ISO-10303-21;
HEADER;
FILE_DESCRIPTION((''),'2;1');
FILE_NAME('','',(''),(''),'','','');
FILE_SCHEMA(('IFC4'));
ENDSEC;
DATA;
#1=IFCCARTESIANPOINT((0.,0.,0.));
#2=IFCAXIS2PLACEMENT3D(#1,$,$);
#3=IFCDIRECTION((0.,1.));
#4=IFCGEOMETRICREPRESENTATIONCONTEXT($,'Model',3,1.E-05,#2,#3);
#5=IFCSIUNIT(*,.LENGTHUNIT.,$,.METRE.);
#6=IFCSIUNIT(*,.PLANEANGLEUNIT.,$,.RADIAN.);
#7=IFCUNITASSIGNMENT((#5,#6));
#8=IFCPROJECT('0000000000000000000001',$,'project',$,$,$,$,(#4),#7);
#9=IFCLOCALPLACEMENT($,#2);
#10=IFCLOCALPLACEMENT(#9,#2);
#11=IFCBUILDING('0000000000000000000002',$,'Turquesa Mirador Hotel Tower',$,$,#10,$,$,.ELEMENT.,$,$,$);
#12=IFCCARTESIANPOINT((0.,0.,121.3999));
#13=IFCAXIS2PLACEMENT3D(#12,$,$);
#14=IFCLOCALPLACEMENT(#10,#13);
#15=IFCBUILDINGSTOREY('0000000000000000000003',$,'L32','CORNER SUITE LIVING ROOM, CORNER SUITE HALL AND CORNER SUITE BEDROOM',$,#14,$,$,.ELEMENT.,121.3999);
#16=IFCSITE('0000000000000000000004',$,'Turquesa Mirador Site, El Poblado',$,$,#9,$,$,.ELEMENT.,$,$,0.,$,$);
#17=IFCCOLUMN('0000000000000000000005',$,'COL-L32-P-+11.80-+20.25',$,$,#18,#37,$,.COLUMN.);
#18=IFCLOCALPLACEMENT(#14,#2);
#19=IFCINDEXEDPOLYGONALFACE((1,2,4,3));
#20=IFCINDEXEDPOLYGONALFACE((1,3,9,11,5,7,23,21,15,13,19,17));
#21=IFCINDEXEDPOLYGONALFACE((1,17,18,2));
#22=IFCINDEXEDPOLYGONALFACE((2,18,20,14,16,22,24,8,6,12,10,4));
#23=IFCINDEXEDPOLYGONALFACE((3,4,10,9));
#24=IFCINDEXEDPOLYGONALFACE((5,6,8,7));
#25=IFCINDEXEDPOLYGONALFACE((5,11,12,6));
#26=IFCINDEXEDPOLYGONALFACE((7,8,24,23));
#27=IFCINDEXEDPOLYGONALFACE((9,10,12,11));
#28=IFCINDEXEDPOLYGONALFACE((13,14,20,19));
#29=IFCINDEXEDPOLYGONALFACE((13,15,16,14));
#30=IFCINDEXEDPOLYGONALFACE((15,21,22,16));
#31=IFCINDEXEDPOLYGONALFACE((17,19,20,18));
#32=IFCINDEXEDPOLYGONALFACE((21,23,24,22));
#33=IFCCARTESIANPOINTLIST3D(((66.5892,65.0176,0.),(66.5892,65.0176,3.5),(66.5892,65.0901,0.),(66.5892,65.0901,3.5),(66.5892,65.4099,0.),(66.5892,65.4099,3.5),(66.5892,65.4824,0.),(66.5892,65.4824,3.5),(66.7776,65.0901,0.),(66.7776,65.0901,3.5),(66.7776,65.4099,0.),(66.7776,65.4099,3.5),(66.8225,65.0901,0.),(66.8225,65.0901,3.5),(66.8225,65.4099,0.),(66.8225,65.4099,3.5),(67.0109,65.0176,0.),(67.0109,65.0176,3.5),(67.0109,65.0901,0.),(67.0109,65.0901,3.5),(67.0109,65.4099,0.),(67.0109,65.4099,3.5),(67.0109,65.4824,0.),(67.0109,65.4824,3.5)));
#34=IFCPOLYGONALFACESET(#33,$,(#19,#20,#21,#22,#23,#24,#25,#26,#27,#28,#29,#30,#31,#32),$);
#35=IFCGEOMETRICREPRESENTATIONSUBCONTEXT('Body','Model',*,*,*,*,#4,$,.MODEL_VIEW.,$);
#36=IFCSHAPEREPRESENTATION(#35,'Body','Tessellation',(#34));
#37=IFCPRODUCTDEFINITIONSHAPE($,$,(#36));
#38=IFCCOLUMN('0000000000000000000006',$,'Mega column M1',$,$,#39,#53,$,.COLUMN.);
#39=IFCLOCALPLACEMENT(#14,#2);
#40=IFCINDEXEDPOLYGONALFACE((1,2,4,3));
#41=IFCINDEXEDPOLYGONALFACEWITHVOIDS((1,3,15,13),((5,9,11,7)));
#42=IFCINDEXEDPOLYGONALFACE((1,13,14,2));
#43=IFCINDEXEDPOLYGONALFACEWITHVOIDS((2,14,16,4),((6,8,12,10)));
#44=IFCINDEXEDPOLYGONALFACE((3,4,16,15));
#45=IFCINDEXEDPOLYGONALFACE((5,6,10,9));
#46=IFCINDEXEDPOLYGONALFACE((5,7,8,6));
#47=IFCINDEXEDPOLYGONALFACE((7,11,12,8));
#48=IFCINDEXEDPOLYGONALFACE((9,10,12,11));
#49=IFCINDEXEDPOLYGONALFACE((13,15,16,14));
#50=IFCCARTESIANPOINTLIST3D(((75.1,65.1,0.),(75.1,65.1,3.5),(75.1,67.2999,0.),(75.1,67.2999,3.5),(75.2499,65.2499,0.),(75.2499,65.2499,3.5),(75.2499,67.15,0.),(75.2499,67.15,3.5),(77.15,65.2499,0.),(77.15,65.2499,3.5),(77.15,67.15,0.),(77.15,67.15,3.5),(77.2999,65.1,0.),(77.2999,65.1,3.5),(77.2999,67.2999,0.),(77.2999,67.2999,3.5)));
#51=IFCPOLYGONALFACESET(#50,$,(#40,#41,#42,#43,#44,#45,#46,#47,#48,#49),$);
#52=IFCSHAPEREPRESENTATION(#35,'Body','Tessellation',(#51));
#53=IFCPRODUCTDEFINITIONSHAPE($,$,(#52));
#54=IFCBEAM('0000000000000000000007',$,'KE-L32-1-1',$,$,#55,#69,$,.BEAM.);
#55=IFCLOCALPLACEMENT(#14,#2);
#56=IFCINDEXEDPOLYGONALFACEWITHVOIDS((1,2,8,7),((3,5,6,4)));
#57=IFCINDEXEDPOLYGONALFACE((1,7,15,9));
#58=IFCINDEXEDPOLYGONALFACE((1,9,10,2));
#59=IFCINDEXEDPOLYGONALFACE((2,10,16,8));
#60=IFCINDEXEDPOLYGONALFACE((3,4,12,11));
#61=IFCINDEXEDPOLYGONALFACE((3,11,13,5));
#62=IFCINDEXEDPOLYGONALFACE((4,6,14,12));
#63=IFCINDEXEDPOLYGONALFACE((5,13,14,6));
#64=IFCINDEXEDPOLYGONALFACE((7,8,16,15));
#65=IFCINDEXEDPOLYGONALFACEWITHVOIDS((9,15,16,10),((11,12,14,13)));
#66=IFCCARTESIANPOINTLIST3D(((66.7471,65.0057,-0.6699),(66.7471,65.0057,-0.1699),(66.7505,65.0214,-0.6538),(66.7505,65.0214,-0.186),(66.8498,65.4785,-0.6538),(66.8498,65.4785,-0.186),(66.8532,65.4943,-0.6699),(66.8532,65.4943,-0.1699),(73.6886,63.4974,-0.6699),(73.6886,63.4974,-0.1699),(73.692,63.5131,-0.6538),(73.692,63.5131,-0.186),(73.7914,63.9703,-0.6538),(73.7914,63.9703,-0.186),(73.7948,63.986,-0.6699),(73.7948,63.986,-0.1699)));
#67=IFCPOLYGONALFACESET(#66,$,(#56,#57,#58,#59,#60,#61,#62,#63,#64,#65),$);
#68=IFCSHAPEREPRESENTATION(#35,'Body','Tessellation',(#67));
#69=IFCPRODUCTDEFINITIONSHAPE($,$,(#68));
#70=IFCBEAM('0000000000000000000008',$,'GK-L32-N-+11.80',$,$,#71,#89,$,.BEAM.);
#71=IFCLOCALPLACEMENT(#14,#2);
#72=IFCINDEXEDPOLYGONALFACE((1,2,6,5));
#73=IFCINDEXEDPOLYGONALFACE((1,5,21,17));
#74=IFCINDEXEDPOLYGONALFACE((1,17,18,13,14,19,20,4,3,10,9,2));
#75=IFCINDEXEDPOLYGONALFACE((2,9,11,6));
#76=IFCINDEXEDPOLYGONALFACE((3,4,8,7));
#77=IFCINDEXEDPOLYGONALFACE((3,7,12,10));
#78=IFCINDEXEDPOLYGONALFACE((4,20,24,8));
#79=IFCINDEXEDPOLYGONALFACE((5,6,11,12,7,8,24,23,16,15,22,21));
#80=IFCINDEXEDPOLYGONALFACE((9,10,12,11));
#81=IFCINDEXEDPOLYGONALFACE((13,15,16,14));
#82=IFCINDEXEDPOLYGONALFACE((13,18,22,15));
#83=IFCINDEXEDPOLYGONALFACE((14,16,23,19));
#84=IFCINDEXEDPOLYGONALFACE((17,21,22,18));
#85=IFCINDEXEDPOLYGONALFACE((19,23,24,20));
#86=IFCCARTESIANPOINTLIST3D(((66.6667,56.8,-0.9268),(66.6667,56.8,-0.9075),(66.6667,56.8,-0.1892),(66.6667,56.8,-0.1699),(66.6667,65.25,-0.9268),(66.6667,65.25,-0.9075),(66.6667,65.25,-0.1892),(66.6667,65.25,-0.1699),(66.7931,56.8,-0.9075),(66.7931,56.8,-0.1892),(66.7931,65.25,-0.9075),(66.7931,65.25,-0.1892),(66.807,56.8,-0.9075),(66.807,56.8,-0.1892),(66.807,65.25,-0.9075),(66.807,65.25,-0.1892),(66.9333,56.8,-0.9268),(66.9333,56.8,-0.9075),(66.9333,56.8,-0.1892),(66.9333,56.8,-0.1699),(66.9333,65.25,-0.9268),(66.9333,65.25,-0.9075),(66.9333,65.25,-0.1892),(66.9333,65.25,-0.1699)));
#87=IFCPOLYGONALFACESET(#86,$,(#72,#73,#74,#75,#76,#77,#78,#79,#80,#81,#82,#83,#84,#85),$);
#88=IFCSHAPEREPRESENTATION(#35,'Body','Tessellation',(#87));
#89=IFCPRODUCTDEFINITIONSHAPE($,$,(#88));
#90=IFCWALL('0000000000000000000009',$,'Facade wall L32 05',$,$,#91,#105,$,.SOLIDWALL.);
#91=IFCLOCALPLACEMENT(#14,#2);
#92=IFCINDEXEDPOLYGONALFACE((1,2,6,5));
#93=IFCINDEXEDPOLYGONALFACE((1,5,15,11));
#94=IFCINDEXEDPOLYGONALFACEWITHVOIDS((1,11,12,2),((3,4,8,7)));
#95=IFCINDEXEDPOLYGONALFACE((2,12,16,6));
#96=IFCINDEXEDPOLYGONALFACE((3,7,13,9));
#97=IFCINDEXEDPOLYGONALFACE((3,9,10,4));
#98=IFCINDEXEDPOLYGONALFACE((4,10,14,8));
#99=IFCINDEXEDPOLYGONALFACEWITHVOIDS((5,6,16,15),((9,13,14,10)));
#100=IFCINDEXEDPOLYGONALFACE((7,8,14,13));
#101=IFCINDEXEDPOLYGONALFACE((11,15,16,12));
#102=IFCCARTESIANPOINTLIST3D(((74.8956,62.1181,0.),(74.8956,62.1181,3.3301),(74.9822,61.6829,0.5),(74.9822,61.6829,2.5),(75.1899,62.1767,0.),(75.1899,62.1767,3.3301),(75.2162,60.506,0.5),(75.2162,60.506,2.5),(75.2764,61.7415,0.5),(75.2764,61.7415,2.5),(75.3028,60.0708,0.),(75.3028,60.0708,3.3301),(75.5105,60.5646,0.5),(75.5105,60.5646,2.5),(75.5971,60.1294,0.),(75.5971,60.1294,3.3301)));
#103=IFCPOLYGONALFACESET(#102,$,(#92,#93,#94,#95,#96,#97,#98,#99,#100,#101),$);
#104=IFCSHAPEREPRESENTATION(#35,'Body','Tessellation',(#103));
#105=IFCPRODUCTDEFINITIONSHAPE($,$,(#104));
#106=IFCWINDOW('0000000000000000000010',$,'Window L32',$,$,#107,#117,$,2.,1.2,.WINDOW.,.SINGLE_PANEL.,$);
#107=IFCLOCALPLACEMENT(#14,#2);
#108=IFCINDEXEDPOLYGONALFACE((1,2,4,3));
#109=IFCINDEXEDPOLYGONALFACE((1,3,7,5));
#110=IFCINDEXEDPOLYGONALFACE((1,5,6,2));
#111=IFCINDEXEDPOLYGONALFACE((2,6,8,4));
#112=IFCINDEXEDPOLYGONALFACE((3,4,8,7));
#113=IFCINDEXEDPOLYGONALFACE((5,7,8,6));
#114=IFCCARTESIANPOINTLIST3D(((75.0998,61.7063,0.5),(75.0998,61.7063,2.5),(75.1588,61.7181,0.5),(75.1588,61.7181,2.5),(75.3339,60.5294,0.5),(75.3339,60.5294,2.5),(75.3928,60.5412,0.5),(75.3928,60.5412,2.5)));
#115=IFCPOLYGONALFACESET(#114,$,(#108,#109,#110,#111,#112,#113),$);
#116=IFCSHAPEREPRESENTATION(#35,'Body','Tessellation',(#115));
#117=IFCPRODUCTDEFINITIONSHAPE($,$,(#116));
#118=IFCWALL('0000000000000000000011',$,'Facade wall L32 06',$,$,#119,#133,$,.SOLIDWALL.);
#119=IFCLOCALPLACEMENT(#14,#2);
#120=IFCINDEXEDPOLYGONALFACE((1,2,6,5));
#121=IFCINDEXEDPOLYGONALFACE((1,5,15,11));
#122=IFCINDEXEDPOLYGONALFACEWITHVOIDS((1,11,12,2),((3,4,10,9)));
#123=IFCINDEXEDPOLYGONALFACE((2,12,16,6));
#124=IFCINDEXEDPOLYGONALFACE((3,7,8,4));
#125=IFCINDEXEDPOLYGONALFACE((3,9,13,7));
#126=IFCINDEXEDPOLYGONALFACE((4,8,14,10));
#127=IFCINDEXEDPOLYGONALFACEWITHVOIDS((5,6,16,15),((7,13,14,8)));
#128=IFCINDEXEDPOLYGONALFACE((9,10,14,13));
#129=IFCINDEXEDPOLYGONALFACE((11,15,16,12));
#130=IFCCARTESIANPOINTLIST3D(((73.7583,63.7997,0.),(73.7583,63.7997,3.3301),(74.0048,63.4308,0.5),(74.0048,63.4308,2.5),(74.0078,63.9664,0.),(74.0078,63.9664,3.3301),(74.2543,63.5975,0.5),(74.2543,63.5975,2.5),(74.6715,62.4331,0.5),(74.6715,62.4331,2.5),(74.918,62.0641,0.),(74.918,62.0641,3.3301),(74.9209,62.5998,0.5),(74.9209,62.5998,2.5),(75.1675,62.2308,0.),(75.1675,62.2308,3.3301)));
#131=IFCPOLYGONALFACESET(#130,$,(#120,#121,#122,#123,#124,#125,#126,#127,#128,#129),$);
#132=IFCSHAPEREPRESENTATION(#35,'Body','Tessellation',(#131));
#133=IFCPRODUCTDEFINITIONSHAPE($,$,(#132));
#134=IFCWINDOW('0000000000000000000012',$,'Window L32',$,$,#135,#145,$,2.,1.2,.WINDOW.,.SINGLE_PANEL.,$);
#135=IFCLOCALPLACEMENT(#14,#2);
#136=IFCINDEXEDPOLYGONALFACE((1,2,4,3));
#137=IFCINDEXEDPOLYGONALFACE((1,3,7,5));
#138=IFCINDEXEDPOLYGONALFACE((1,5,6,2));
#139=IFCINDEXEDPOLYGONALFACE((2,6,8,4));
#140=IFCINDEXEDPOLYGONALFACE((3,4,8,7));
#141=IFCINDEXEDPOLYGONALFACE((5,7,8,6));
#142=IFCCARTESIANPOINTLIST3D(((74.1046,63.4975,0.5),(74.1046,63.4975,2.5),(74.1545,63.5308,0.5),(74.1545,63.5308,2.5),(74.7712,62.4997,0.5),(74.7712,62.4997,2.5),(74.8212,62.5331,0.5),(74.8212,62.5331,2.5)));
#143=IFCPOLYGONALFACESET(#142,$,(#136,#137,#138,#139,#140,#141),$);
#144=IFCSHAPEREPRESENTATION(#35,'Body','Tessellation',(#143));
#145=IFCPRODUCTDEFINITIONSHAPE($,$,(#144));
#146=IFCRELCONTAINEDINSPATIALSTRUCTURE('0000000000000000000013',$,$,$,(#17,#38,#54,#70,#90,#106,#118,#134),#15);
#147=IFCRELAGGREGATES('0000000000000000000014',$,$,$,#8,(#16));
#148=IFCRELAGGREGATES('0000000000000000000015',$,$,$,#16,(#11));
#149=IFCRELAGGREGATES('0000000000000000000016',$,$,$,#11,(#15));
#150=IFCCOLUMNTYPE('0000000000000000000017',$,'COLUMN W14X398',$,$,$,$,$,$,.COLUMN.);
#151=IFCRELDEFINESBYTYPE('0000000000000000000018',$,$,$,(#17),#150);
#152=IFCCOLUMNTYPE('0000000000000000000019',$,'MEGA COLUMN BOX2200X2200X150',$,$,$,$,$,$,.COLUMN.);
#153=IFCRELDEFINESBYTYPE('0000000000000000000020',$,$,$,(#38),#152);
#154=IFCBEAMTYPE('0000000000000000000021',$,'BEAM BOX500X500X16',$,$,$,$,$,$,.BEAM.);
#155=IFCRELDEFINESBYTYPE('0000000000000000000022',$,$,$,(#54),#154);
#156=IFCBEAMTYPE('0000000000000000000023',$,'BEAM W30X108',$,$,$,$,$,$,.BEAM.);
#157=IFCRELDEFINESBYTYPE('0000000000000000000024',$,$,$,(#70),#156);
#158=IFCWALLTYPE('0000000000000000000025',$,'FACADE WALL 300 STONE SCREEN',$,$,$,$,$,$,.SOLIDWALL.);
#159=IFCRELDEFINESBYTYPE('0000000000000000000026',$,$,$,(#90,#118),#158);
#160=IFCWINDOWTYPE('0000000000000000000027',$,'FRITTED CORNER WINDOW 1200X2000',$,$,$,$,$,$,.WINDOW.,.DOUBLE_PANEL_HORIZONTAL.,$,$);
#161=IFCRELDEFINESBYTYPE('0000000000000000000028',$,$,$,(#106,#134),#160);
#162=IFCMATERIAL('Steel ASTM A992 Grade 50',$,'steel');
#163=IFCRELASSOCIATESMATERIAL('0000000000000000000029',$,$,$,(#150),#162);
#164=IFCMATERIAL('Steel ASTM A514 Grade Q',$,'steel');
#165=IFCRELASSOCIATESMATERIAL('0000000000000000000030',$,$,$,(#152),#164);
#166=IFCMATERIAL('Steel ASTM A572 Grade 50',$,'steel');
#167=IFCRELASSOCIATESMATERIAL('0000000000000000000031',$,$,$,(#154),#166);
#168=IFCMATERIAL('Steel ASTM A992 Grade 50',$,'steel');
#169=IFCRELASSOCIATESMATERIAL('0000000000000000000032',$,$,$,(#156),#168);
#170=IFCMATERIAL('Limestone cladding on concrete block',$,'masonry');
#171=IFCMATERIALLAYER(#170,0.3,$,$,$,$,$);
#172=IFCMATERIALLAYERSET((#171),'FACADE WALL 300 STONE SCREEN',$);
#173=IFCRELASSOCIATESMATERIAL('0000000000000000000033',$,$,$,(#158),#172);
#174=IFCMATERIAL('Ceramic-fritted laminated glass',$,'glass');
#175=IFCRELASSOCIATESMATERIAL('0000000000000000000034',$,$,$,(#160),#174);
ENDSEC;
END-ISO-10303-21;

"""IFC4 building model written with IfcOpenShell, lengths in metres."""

from ifc_helpers import new_model, si_unit, direction, frame, frame_2d, origin, origin_2d, place, context, subcontext, project, spatial, rectangle, hollow_rectangle, i_section, extrude, material, layer, layer_set, material_profile, profile_set, type_object, element, fill, save


model = new_model("IFC4")

# Units and contexts
model_context = context("Model", 3, precision=1e-05, world=origin(), true_north=direction((0.0, 1.0)))
body_context = subcontext(model_context, "Body", "Model", "MODEL_VIEW")
ifc_project = project(units=[si_unit("LENGTHUNIT", "METRE"), si_unit("PLANEANGLEUNIT", "RADIAN")], contexts=[model_context])

# Site, building, storey
site_placement = place(None, origin())
site = spatial("IfcSite", under=ifc_project, at=site_placement, Name="Turquesa Mirador Site, El Poblado", CompositionType="ELEMENT", RefElevation=0.0)
building_placement = place(site_placement, origin())
building = spatial("IfcBuilding", under=site, at=building_placement, Name="Turquesa Mirador Hotel Tower", CompositionType="ELEMENT")
storey_placement = place(building_placement, frame((0.0, 0.0, 121.3999)))
storey = spatial("IfcBuildingStorey", under=building, at=storey_placement, Name="L32", Description="CORNER SUITE LIVING ROOM, CORNER SUITE HALL AND CORNER SUITE BEDROOM", CompositionType="ELEMENT", Elevation=121.3999)

# Columns
ifc_material_1 = material(Name="Steel ASTM A992 Grade 50", Category="steel")
ifc_material_profile_1 = material_profile(ifc_material_1, i_section(OverallWidth=0.4216, OverallDepth=0.4648, WebThickness=0.0449, FlangeThickness=0.0725, at=origin_2d()), Name="W14X398")
ifc_profile_set_1 = profile_set([ifc_material_profile_1], Name="Steel ASTM A992 Grade 50")
column_type_1 = type_object("IfcColumnType", Name="COLUMN W14X398", PredefinedType="COLUMN", material=ifc_profile_set_1)
column_1_placement = place(storey_placement, frame((66.8, 65.25, 0.0), z_axis=(0.0, 0.0, 1.0), x_axis=(1.0, 0.0, 0.0)))
element("IfcColumn", 1, at=column_1_placement, inside=storey, type_object=column_type_1, Name="COL-L32-P-+11.80-+20.25", PredefinedType="COLUMN", context=body_context, shape_type="SweptSolid", body=[
    extrude(i_section(OverallWidth=0.4216, OverallDepth=0.4648, WebThickness=0.0449, FlangeThickness=0.0725, at=origin_2d()), origin(), (0.0, 0.0, 1.0), 3.5),
])
ifc_material_2 = material(Name="Steel ASTM A514 Grade Q", Category="steel")
ifc_material_profile_2 = material_profile(ifc_material_2, hollow_rectangle(XDim=2.2, YDim=2.2, WallThickness=0.1499, at=origin_2d()), Name="BOX2200X2200X150")
ifc_profile_set_2 = profile_set([ifc_material_profile_2], Name="Steel ASTM A514 Grade Q")
column_type_2 = type_object("IfcColumnType", Name="MEGA COLUMN BOX2200X2200X150", PredefinedType="COLUMN", material=ifc_profile_set_2)
column_2_placement = place(storey_placement, frame((76.2, 66.2, 0.0), z_axis=(0.0, 0.0, 1.0), x_axis=(1.0, 0.0, 0.0)))
element("IfcColumn", 2, at=column_2_placement, inside=storey, type_object=column_type_2, Name="Mega column M1", PredefinedType="COLUMN", context=body_context, shape_type="SweptSolid", body=[
    extrude(hollow_rectangle(XDim=2.2, YDim=2.2, WallThickness=0.1499, at=origin_2d()), origin(), (0.0, 0.0, 1.0), 3.5),
])

# Beams
ifc_material_3 = material(Name="Steel ASTM A572 Grade 50", Category="steel")
ifc_material_profile_3 = material_profile(ifc_material_3, hollow_rectangle(XDim=0.5, YDim=0.5, WallThickness=0.0161, at=origin_2d()), Name="BOX500X500X16")
ifc_profile_set_3 = profile_set([ifc_material_profile_3], Name="Steel ASTM A572 Grade 50")
beam_type_1 = type_object("IfcBeamType", Name="BEAM BOX500X500X16", PredefinedType="BEAM", material=ifc_profile_set_3)
beam_1_placement = place(storey_placement, frame((73.7417, 63.7417, -0.4199), z_axis=(-0.977198, 0.212328, 0.0), x_axis=(-0.212328, -0.977198, 0.0)))
element("IfcBeam", 3, at=beam_1_placement, inside=storey, type_object=beam_type_1, Name="KE-L32-1-1", PredefinedType="BEAM", context=body_context, shape_type="SweptSolid", body=[
    extrude(hollow_rectangle(XDim=0.5, YDim=0.5, WallThickness=0.0161, at=origin_2d()), origin(), (0.0, 0.0, 1.0), 7.1035),
])
ifc_material_4 = material(Name="Steel ASTM A992 Grade 50", Category="steel")
ifc_material_profile_4 = material_profile(ifc_material_4, i_section(OverallWidth=0.2666, OverallDepth=0.7568, WebThickness=0.0139, FlangeThickness=0.0193, at=origin_2d()), Name="W30X108")
ifc_profile_set_4 = profile_set([ifc_material_profile_4], Name="Steel ASTM A992 Grade 50")
beam_type_2 = type_object("IfcBeamType", Name="BEAM W30X108", PredefinedType="BEAM", material=ifc_profile_set_4)
beam_2_placement = place(storey_placement, frame((66.8, 65.25, -0.5483), z_axis=(0.0, -1.0, 0.0), x_axis=(1.0, 0.0, 0.0)))
element("IfcBeam", 4, at=beam_2_placement, inside=storey, type_object=beam_type_2, Name="GK-L32-N-+11.80", PredefinedType="BEAM", context=body_context, shape_type="SweptSolid", body=[
    extrude(i_section(OverallWidth=0.2666, OverallDepth=0.7568, WebThickness=0.0139, FlangeThickness=0.0193, at=origin_2d()), origin(), (0.0, 0.0, 1.0), 8.45),
])

# Walls, openings, windows
ifc_material_5 = material(Name="Limestone cladding on concrete block", Category="masonry")
ifc_layer = layer(ifc_material_5, 0.3)
ifc_layer_set = layer_set([ifc_layer], Name="FACADE WALL 300 STONE SCREEN")
wall_type = type_object("IfcWallType", Name="FACADE WALL 300 STONE SCREEN", PredefinedType="SOLIDWALL", material=ifc_layer_set)
wall_1_placement = place(storey_placement, frame((75.45, 60.1001, 0.0), z_axis=(0.0, 0.0, 1.0), x_axis=(-0.195081, 0.980787, 0.0)))
wall_1 = element("IfcWall", 5, at=wall_1_placement, inside=storey, type_object=wall_type, Name="Facade wall L32 05", PredefinedType="SOLIDWALL", context=body_context, shape_type="SweptSolid", body=[
    extrude(rectangle(XDim=2.0874, YDim=0.3, at=frame_2d((1.0437, 0.0))), origin(), (0.0, 0.0, 1.0), 3.3301),
])
opening_1_placement = place(wall_1_placement, frame((0.4436, 0.0, 0.5)))
opening_1 = element("IfcOpeningElement", 6, at=opening_1_placement, cuts=wall_1, PredefinedType="OPENING", context=body_context, shape_type="SweptSolid", body=[
    extrude(rectangle(XDim=1.2, YDim=2.0, at=frame_2d((0.6001, 1.0))), frame((0.0, 0.1599, 0.0), z_axis=(0.0, -1.0, 0.0), x_axis=(1.0, 0.0, 0.0)), (0.0, 0.0, 1.0), 0.3201),
])
ifc_material_6 = material(Name="Ceramic-fritted laminated glass", Category="glass")
window_type_1 = type_object("IfcWindowType", Name="FRITTED CORNER WINDOW 1200X2000", PartitioningType="DOUBLE_PANEL_HORIZONTAL", PredefinedType="WINDOW", material=ifc_material_6)
window_1_placement = place(opening_1_placement, origin())
window_1 = element("IfcWindow", 7, at=window_1_placement, inside=storey, type_object=window_type_1, Name="Window L32", OverallHeight=2.0, OverallWidth=1.2, PartitioningType="SINGLE_PANEL", PredefinedType="WINDOW", context=body_context, shape_type="SweptSolid", body=[
    extrude(rectangle(XDim=1.2, YDim=2.0, at=frame_2d((0.6001, 1.0))), frame((0.0, 0.03, 0.0), z_axis=(0.0, -1.0, 0.0), x_axis=(1.0, 0.0, 0.0)), (0.0, 0.0, 1.0), 0.0601),
])
fill(opening_1, window_1)
wall_2_placement = place(storey_placement, frame((75.0427, 62.1475, 0.0), z_axis=(0.0, 0.0, 1.0), x_axis=(-0.555564, 0.831474, 0.0)))
wall_2 = element("IfcWall", 8, at=wall_2_placement, inside=storey, type_object=wall_type, Name="Facade wall L32 06", PredefinedType="SOLIDWALL", context=body_context, shape_type="SweptSolid", body=[
    extrude(rectangle(XDim=2.0874, YDim=0.3, at=frame_2d((1.0437, 0.0))), origin(), (0.0, 0.0, 1.0), 3.3301),
])
opening_2_placement = place(wall_2_placement, frame((0.4436, 0.0, 0.5)))
opening_2 = element("IfcOpeningElement", 9, at=opening_2_placement, cuts=wall_2, PredefinedType="OPENING", context=body_context, shape_type="SweptSolid", body=[
    extrude(rectangle(XDim=1.2, YDim=2.0, at=frame_2d((0.6001, 1.0))), frame((0.0, 0.1599, 0.0), z_axis=(0.0, -1.0, 0.0), x_axis=(1.0, 0.0, 0.0)), (0.0, 0.0, 1.0), 0.3201),
])
window_2_placement = place(opening_2_placement, origin())
window_2 = element("IfcWindow", 10, at=window_2_placement, inside=storey, type_object=window_type_1, Name="Window L32", OverallHeight=2.0, OverallWidth=1.2, PartitioningType="SINGLE_PANEL", PredefinedType="WINDOW", context=body_context, shape_type="SweptSolid", body=[
    extrude(rectangle(XDim=1.2, YDim=2.0, at=frame_2d((0.6001, 1.0))), frame((0.0, 0.03, 0.0), z_axis=(0.0, -1.0, 0.0), x_axis=(1.0, 0.0, 0.0)), (0.0, 0.0, 1.0), 0.0601),
])
fill(opening_2, window_2)

save(model, "model.ifc")
